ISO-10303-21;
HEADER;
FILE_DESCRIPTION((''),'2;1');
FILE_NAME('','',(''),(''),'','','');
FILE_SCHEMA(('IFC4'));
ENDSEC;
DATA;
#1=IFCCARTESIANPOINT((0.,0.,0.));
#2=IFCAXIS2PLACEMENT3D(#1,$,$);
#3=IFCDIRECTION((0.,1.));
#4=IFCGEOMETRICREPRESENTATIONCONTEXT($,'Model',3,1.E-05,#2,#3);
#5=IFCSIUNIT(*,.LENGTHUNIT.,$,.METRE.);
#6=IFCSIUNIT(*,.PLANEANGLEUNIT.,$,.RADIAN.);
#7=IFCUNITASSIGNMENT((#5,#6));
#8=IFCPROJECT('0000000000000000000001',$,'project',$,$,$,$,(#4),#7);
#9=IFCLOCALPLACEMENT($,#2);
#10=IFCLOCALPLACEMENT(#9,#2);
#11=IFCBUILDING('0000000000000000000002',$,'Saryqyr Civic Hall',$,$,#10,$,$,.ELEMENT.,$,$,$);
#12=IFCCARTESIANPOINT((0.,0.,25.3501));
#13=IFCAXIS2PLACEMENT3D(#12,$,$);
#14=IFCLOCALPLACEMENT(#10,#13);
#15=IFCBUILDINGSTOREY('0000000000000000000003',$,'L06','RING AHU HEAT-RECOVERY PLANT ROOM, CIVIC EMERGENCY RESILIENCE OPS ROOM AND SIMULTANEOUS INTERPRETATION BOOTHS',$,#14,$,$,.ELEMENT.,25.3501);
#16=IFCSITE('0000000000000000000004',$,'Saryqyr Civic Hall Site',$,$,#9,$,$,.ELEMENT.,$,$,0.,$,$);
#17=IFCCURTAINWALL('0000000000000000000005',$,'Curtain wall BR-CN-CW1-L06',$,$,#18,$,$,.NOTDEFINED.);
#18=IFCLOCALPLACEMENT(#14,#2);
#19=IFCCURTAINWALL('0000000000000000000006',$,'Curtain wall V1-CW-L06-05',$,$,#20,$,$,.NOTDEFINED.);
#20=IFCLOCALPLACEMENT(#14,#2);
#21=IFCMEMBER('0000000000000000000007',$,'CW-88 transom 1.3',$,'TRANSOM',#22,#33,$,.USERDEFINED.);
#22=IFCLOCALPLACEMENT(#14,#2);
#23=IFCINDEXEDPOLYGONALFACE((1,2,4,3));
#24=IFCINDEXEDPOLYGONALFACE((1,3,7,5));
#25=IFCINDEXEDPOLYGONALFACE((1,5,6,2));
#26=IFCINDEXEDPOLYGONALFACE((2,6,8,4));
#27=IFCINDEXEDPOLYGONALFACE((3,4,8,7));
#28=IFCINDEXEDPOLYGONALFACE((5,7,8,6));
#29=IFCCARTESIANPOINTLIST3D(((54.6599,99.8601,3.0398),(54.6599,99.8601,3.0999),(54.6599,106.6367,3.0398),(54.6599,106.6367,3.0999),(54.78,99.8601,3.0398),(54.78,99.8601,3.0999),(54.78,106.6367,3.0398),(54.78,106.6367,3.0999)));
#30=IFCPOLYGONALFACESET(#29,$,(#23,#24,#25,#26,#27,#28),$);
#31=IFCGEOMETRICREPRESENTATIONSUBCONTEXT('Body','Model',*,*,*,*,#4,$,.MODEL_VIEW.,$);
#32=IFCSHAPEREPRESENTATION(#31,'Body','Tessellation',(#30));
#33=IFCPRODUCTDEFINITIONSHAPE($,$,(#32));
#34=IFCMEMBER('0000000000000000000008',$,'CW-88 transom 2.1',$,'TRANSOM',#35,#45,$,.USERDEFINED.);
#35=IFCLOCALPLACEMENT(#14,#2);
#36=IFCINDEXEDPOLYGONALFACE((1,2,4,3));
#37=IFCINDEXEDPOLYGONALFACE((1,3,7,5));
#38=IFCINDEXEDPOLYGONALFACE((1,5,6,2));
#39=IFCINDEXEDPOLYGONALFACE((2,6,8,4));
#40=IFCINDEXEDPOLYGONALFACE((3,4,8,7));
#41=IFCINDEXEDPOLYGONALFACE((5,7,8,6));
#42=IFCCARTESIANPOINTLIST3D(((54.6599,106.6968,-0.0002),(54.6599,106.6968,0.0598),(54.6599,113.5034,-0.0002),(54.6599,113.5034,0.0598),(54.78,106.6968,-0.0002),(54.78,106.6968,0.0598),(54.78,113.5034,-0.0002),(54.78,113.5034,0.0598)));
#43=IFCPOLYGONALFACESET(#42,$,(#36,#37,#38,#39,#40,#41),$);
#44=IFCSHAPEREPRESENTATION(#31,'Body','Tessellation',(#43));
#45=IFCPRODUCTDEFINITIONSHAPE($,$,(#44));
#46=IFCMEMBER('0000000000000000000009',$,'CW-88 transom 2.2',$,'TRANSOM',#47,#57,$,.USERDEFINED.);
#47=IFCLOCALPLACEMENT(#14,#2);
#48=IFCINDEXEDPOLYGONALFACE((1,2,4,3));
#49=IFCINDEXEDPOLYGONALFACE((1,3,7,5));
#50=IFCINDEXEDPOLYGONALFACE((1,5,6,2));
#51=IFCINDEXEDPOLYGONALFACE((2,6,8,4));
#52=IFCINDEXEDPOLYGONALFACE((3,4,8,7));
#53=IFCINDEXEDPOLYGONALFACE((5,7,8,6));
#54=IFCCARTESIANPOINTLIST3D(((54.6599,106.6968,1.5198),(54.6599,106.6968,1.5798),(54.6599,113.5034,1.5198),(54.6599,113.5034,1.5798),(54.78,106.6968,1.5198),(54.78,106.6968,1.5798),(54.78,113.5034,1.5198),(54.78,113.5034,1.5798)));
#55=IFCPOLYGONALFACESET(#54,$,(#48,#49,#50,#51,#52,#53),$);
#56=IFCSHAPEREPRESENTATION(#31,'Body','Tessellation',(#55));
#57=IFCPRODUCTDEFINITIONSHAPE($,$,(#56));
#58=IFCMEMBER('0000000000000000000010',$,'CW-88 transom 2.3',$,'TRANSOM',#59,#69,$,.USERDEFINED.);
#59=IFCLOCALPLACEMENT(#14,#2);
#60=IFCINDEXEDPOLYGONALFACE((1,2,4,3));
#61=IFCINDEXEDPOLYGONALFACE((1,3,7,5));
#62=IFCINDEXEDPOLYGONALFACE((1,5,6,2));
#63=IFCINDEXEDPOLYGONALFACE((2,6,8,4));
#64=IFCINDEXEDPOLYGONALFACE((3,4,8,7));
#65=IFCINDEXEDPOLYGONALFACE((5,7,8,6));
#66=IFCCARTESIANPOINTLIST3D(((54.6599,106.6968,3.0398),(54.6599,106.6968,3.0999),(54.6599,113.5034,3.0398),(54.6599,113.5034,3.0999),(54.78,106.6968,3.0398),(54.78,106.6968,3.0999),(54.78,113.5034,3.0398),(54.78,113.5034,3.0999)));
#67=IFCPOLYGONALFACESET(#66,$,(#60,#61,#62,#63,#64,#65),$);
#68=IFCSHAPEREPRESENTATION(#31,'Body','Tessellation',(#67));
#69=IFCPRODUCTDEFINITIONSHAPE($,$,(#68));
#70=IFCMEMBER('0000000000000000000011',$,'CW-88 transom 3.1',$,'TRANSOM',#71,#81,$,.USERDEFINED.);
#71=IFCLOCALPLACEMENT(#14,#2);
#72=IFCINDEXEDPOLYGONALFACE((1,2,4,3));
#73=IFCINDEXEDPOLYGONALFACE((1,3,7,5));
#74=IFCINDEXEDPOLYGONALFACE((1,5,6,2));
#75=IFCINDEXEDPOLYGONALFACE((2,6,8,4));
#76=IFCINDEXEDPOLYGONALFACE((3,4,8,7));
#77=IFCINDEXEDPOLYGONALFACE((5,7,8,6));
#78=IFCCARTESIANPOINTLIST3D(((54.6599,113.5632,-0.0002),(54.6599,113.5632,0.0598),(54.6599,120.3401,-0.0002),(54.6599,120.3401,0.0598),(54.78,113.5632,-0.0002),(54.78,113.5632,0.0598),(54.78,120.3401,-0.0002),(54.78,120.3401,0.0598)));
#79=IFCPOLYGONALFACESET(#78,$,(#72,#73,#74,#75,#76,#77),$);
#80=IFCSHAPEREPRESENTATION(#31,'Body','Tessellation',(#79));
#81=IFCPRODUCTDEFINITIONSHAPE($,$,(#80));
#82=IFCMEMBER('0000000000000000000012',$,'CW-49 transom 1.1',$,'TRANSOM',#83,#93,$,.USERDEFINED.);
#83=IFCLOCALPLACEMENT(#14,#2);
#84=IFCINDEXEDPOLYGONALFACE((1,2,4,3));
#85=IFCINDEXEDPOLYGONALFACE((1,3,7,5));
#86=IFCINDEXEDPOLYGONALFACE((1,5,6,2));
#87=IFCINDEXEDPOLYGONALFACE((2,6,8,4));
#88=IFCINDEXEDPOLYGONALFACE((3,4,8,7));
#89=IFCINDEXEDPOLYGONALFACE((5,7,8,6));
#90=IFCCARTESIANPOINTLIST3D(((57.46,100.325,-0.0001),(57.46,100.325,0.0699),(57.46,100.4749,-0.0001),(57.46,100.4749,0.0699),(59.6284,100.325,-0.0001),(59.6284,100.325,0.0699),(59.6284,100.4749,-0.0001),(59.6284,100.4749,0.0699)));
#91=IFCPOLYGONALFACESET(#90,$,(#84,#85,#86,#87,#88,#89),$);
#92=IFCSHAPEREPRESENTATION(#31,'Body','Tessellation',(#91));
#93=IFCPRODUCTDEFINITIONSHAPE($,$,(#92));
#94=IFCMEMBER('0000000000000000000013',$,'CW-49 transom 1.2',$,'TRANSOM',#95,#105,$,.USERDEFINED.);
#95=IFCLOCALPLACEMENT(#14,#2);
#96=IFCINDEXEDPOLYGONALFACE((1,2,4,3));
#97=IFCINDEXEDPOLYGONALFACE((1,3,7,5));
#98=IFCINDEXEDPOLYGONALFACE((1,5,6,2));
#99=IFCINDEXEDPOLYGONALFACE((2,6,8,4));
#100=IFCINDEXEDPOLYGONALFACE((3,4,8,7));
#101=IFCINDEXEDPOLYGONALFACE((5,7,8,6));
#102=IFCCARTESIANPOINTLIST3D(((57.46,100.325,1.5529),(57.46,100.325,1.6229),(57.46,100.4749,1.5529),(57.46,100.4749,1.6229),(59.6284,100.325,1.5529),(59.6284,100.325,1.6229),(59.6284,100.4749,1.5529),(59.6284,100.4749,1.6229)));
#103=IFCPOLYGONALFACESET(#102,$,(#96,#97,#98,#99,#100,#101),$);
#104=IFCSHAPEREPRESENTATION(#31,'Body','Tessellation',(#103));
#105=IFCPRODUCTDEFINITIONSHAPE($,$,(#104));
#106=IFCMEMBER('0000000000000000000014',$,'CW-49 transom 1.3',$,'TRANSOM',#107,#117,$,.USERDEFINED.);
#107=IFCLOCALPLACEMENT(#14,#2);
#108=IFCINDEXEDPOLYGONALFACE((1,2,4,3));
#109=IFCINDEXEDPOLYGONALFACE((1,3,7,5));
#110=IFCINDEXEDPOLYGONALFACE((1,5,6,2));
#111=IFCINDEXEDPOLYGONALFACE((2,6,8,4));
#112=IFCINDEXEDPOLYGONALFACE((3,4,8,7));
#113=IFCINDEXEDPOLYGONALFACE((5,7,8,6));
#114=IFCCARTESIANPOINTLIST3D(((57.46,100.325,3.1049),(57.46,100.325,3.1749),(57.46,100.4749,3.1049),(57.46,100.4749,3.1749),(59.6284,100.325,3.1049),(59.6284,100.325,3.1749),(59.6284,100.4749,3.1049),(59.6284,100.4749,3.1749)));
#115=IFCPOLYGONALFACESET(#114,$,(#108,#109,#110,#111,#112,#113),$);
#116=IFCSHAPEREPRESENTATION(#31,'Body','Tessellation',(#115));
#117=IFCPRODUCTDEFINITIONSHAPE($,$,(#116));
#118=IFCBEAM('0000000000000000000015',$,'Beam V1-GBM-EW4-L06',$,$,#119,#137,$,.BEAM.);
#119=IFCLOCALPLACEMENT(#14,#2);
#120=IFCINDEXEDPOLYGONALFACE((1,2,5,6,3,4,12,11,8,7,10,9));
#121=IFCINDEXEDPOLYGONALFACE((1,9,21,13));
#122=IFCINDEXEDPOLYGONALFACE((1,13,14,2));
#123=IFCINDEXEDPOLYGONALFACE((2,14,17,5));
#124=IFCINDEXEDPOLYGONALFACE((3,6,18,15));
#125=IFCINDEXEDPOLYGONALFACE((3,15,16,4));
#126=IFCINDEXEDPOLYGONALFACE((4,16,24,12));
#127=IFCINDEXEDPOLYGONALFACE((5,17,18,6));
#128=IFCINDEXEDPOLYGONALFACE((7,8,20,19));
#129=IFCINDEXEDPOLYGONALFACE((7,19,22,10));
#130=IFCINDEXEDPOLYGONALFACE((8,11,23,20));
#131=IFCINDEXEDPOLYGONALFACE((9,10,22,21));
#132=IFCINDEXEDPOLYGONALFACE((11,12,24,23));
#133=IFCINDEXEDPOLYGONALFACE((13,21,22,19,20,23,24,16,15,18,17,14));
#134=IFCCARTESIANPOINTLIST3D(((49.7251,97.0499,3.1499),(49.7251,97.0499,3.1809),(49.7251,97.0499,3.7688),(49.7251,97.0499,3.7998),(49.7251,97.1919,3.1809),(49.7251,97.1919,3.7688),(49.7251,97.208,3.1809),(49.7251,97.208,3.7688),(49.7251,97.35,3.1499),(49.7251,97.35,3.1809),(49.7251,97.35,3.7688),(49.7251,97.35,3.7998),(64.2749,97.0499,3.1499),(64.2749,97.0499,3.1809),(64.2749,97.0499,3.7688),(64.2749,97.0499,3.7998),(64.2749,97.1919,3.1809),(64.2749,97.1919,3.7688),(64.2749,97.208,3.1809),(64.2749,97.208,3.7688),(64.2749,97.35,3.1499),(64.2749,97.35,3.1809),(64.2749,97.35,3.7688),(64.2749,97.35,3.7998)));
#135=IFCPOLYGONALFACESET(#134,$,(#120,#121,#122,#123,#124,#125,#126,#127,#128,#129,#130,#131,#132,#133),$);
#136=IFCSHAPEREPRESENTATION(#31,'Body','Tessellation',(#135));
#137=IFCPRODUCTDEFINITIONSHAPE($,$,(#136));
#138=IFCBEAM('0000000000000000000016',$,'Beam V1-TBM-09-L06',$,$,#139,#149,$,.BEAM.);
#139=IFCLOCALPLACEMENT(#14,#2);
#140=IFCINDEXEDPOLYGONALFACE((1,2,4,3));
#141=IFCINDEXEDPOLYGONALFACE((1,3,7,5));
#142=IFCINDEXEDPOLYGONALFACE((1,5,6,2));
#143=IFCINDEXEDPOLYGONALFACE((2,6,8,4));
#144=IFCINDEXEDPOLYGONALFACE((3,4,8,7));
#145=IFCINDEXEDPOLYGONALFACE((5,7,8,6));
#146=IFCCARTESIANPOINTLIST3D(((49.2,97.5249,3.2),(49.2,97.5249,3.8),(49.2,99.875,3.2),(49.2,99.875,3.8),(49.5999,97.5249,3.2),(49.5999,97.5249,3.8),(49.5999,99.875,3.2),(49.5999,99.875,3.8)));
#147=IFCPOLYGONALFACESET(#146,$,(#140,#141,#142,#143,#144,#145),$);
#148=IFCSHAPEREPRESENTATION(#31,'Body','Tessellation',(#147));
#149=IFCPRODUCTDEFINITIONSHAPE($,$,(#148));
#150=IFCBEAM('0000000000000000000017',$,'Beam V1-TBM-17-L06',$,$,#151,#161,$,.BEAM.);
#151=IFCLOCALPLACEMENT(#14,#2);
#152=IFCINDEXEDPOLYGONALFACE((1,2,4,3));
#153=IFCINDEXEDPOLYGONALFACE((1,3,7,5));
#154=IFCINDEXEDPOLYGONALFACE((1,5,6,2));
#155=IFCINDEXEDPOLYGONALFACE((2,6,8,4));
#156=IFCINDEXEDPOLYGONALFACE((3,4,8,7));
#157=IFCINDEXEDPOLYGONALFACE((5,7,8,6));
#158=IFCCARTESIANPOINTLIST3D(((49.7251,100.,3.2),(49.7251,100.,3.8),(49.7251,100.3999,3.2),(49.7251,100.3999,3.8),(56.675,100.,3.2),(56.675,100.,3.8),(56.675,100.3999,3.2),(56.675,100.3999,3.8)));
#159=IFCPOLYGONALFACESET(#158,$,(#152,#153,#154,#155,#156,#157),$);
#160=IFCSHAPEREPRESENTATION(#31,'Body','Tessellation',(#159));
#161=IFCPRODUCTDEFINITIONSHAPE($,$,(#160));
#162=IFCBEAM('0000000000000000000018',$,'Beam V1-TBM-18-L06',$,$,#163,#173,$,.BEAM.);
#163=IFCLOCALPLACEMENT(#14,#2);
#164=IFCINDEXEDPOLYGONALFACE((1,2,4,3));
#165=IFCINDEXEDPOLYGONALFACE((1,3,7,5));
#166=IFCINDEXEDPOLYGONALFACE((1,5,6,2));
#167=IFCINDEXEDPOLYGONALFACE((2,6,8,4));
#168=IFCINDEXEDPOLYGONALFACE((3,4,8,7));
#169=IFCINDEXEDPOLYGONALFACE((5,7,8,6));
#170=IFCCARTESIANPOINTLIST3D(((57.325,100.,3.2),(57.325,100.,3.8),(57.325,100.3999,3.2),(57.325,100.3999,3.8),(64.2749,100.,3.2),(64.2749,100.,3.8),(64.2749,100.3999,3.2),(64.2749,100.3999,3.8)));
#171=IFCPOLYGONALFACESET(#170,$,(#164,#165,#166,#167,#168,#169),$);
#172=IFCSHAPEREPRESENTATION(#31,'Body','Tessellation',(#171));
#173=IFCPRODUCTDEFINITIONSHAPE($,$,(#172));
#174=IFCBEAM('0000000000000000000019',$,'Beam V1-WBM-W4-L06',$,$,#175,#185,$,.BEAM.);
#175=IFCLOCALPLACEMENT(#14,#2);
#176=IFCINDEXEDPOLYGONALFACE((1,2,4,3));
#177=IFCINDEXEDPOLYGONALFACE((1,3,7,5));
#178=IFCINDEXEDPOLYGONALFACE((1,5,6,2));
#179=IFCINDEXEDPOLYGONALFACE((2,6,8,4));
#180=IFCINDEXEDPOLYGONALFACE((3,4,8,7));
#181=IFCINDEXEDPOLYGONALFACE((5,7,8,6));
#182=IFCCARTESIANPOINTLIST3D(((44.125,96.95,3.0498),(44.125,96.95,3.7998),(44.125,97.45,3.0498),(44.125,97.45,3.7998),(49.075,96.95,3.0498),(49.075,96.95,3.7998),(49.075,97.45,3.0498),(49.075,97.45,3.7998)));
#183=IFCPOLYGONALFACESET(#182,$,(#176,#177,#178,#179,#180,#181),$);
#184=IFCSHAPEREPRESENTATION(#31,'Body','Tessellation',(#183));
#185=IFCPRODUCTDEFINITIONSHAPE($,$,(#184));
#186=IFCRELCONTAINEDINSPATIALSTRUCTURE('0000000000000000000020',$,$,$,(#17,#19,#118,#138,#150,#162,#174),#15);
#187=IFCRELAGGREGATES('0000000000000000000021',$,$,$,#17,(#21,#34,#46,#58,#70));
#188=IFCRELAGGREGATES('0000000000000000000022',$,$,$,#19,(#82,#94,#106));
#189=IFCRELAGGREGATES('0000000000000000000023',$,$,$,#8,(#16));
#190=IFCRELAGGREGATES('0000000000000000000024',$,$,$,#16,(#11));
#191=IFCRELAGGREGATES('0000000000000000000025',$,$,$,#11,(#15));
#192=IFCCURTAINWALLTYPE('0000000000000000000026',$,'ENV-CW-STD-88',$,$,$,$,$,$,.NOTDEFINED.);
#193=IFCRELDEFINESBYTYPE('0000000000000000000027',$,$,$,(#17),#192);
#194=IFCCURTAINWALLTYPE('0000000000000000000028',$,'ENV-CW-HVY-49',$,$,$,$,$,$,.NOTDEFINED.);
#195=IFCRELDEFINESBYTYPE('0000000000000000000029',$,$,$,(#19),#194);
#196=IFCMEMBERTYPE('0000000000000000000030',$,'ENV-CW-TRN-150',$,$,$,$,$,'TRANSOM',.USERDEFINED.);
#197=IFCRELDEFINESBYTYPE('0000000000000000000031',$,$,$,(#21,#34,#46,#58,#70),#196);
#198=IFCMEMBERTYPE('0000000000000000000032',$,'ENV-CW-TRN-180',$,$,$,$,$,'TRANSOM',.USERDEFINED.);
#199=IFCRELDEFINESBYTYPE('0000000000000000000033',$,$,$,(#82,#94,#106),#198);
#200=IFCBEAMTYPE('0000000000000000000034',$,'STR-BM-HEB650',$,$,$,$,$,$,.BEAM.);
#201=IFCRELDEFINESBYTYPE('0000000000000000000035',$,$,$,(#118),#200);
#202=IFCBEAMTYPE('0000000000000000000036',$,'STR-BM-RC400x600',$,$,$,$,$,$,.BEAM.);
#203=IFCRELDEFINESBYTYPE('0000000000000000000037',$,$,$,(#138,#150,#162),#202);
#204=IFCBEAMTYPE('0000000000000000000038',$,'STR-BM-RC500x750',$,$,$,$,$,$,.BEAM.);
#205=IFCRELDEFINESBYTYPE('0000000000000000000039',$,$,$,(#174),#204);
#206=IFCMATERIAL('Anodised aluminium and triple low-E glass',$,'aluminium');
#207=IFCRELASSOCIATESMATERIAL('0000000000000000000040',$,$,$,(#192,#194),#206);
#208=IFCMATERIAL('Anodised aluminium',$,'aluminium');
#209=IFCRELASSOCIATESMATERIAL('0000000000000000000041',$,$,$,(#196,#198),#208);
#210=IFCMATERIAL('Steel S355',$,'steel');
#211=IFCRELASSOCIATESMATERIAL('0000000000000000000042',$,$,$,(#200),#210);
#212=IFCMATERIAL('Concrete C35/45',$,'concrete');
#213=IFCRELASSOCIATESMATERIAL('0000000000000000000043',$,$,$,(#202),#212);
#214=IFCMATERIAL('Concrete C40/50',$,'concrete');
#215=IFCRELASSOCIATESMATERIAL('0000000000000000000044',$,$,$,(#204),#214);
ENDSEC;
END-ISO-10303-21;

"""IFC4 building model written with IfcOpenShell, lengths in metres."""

from ifc_helpers import new_model, si_unit, direction, frame, origin, origin_2d, place, context, subcontext, project, spatial, rectangle, i_section, extrude, material, material_profile, profile_set, type_object, element, aggregate, save


model = new_model("IFC4")

# Units and contexts
model_context = context("Model", 3, precision=1e-05, world=origin(), true_north=direction((0.0, 1.0)))
body_context = subcontext(model_context, "Body", "Model", "MODEL_VIEW")
ifc_project = project(units=[si_unit("LENGTHUNIT", "METRE"), si_unit("PLANEANGLEUNIT", "RADIAN")], contexts=[model_context])

# Site, building, storey
site_placement = place(None, origin())
site = spatial("IfcSite", under=ifc_project, at=site_placement, Name="Saryqyr Civic Hall Site", CompositionType="ELEMENT", RefElevation=0.0)
building_placement = place(site_placement, origin())
building = spatial("IfcBuilding", under=site, at=building_placement, Name="Saryqyr Civic Hall", CompositionType="ELEMENT")
storey_placement = place(building_placement, frame((0.0, 0.0, 25.3501)))
storey = spatial("IfcBuildingStorey", under=building, at=storey_placement, Name="L06", Description="RING AHU HEAT-RECOVERY PLANT ROOM, CIVIC EMERGENCY RESILIENCE OPS ROOM AND SIMULTANEOUS INTERPRETATION BOOTHS", CompositionType="ELEMENT", Elevation=25.3501)

# Shared definitions
ifc_material_1 = material(Name="Steel S355", Category="steel")
ifc_material_2 = material(Name="Concrete C40/50", Category="concrete")

# Curtain wall
ifc_material_3 = material(Name="Anodised aluminium and triple low-E glass", Category="aluminium")
curtain_wall_type_1 = type_object("IfcCurtainWallType", Name="ENV-CW-STD-88", PredefinedType="NOTDEFINED", material=ifc_material_3)
curtain_wall_1_placement = place(storey_placement, origin())
curtain_wall_1 = element("IfcCurtainWall", 1, at=curtain_wall_1_placement, inside=storey, type_object=curtain_wall_type_1, Name="Curtain wall BR-CN-CW1-L06", PredefinedType="NOTDEFINED")
ifc_material_4 = material(Name="Anodised aluminium", Category="aluminium")

# Curtain wall
curtain_wall_type_2 = type_object("IfcCurtainWallType", Name="ENV-CW-HVY-49", PredefinedType="NOTDEFINED", material=ifc_material_3)
curtain_wall_2_placement = place(storey_placement, origin())
curtain_wall_2 = element("IfcCurtainWall", 2, at=curtain_wall_2_placement, inside=storey, type_object=curtain_wall_type_2, Name="Curtain wall V1-CW-L06-05", PredefinedType="NOTDEFINED")

# Members
ifc_material_profile_1 = material_profile(ifc_material_4, rectangle(XDim=0.1201, YDim=0.0601, at=origin_2d()), Name="ALU TRANSOM 120x60")
ifc_profile_set_1 = profile_set([ifc_material_profile_1], Name="Anodised aluminium")
member_type_1 = type_object("IfcMemberType", Name="ENV-CW-TRN-150", ElementType="TRANSOM", PredefinedType="USERDEFINED", material=ifc_profile_set_1)
member_1_placement = place(storey_placement, frame((54.72, 99.8601, 3.0698), z_axis=(0.0, 1.0, 0.0), x_axis=(-1.0, 0.0, 0.0)))
member_1 = element("IfcMember", 3, at=member_1_placement, type_object=member_type_1, Name="CW-88 transom 1.3", ObjectType="TRANSOM", PredefinedType="USERDEFINED", context=body_context, shape_type="SweptSolid", body=[
    extrude(rectangle(XDim=0.1201, YDim=0.0601, at=origin_2d()), origin(), (0.0, 0.0, 1.0), 6.7766),
])
member_2_placement = place(storey_placement, frame((54.72, 106.6968, 0.0298), z_axis=(0.0, 1.0, 0.0), x_axis=(-1.0, 0.0, 0.0)))
member_2 = element("IfcMember", 4, at=member_2_placement, type_object=member_type_1, Name="CW-88 transom 2.1", ObjectType="TRANSOM", PredefinedType="USERDEFINED", context=body_context, shape_type="SweptSolid", body=[
    extrude(rectangle(XDim=0.1201, YDim=0.0601, at=origin_2d()), origin(), (0.0, 0.0, 1.0), 6.8066),
])
member_3_placement = place(storey_placement, frame((54.72, 106.6968, 1.5498), z_axis=(0.0, 1.0, 0.0), x_axis=(-1.0, 0.0, 0.0)))
member_3 = element("IfcMember", 5, at=member_3_placement, type_object=member_type_1, Name="CW-88 transom 2.2", ObjectType="TRANSOM", PredefinedType="USERDEFINED", context=body_context, shape_type="SweptSolid", body=[
    extrude(rectangle(XDim=0.1201, YDim=0.0601, at=origin_2d()), origin(), (0.0, 0.0, 1.0), 6.8066),
])
member_4_placement = place(storey_placement, frame((54.72, 106.6968, 3.0698), z_axis=(0.0, 1.0, 0.0), x_axis=(-1.0, 0.0, 0.0)))
member_4 = element("IfcMember", 6, at=member_4_placement, type_object=member_type_1, Name="CW-88 transom 2.3", ObjectType="TRANSOM", PredefinedType="USERDEFINED", context=body_context, shape_type="SweptSolid", body=[
    extrude(rectangle(XDim=0.1201, YDim=0.0601, at=origin_2d()), origin(), (0.0, 0.0, 1.0), 6.8066),
])
member_5_placement = place(storey_placement, frame((54.72, 113.5632, 0.0298), z_axis=(0.0, 1.0, 0.0), x_axis=(-1.0, 0.0, 0.0)))
member_5 = element("IfcMember", 7, at=member_5_placement, type_object=member_type_1, Name="CW-88 transom 3.1", ObjectType="TRANSOM", PredefinedType="USERDEFINED", context=body_context, shape_type="SweptSolid", body=[
    extrude(rectangle(XDim=0.1201, YDim=0.0601, at=origin_2d()), origin(), (0.0, 0.0, 1.0), 6.7769),
])
ifc_material_profile_2 = material_profile(ifc_material_4, rectangle(XDim=0.1499, YDim=0.0701, at=origin_2d()), Name="ALU TRANSOM 150x70")
ifc_profile_set_2 = profile_set([ifc_material_profile_2], Name="Anodised aluminium")
member_type_2 = type_object("IfcMemberType", Name="ENV-CW-TRN-180", ElementType="TRANSOM", PredefinedType="USERDEFINED", material=ifc_profile_set_2)
member_6_placement = place(storey_placement, frame((57.46, 100.3999, 0.0349), z_axis=(1.0, 0.0, 0.0), x_axis=(0.0, 1.0, 0.0)))
member_6 = element("IfcMember", 8, at=member_6_placement, type_object=member_type_2, Name="CW-49 transom 1.1", ObjectType="TRANSOM", PredefinedType="USERDEFINED", context=body_context, shape_type="SweptSolid", body=[
    extrude(rectangle(XDim=0.1499, YDim=0.0701, at=origin_2d()), origin(), (0.0, 0.0, 1.0), 2.1685),
])
member_7_placement = place(storey_placement, frame((57.46, 100.3999, 1.5879), z_axis=(1.0, 0.0, 0.0), x_axis=(0.0, 1.0, 0.0)))
member_7 = element("IfcMember", 9, at=member_7_placement, type_object=member_type_2, Name="CW-49 transom 1.2", ObjectType="TRANSOM", PredefinedType="USERDEFINED", context=body_context, shape_type="SweptSolid", body=[
    extrude(rectangle(XDim=0.1499, YDim=0.0701, at=origin_2d()), origin(), (0.0, 0.0, 1.0), 2.1685),
])
member_8_placement = place(storey_placement, frame((57.46, 100.3999, 3.1399), z_axis=(1.0, 0.0, 0.0), x_axis=(0.0, 1.0, 0.0)))
member_8 = element("IfcMember", 10, at=member_8_placement, type_object=member_type_2, Name="CW-49 transom 1.3", ObjectType="TRANSOM", PredefinedType="USERDEFINED", context=body_context, shape_type="SweptSolid", body=[
    extrude(rectangle(XDim=0.1499, YDim=0.0701, at=origin_2d()), origin(), (0.0, 0.0, 1.0), 2.1685),
])

# Beams
ifc_material_profile_3 = material_profile(ifc_material_1, i_section(OverallWidth=0.3, OverallDepth=0.6499, WebThickness=0.0161, FlangeThickness=0.031, at=origin_2d()), Name="HEB 650")
ifc_profile_set_3 = profile_set([ifc_material_profile_3], Name="Steel S355")
beam_type_1 = type_object("IfcBeamType", Name="STR-BM-HEB650", PredefinedType="BEAM", material=ifc_profile_set_3)
beam_1_placement = place(storey_placement, frame((49.7251, 97.2, 3.4749), z_axis=(1.0, 0.0, 0.0), x_axis=(0.0, 1.0, 0.0)))
element("IfcBeam", 11, at=beam_1_placement, inside=storey, type_object=beam_type_1, Name="Beam V1-GBM-EW4-L06", PredefinedType="BEAM", context=body_context, shape_type="SweptSolid", body=[
    extrude(i_section(OverallWidth=0.3, OverallDepth=0.6499, WebThickness=0.0161, FlangeThickness=0.031, at=origin_2d()), origin(), (0.0, 0.0, 1.0), 14.5498),
])
ifc_material_5 = material(Name="Concrete C35/45", Category="concrete")
ifc_material_profile_4 = material_profile(ifc_material_5, rectangle(XDim=0.3999, YDim=0.6001, at=origin_2d()), Name="RC 400x600")
ifc_profile_set_4 = profile_set([ifc_material_profile_4], Name="Concrete C35/45")
beam_type_2 = type_object("IfcBeamType", Name="STR-BM-RC400x600", PredefinedType="BEAM", material=ifc_profile_set_4)
beam_2_placement = place(storey_placement, frame((49.3999, 97.5249, 3.5), z_axis=(0.0, 1.0, 0.0), x_axis=(-1.0, 0.0, 0.0)))
element("IfcBeam", 12, at=beam_2_placement, inside=storey, type_object=beam_type_2, Name="Beam V1-TBM-09-L06", PredefinedType="BEAM", context=body_context, shape_type="SweptSolid", body=[
    extrude(rectangle(XDim=0.3999, YDim=0.6001, at=origin_2d()), origin(), (0.0, 0.0, 1.0), 2.3501),
])
for number, where, z_axis, x_axis, name in (
    (13, (49.7251, 100.2, 3.5), (1.0, 0.0, 0.0), (0.0, 1.0, 0.0), "Beam V1-TBM-17-L06"),
    (14, (57.325, 100.2, 3.5), (1.0, 0.0, 0.0), (0.0, 1.0, 0.0), "Beam V1-TBM-18-L06"),
):
    element("IfcBeam", number, at=place(storey_placement, frame(where, z_axis=z_axis, x_axis=x_axis)), inside=storey, type_object=beam_type_2, Name=name, PredefinedType="BEAM", context=body_context, shape_type="SweptSolid", body=[
        extrude(rectangle(XDim=0.3999, YDim=0.6001, at=origin_2d()), origin(), (0.0, 0.0, 1.0), 6.95),
    ])
ifc_material_profile_5 = material_profile(ifc_material_2, rectangle(XDim=0.5, YDim=0.75, at=origin_2d()), Name="RC 500x750")
ifc_profile_set_5 = profile_set([ifc_material_profile_5], Name="Concrete C40/50")
beam_type_3 = type_object("IfcBeamType", Name="STR-BM-RC500x750", PredefinedType="BEAM", material=ifc_profile_set_5)
beam_3_placement = place(storey_placement, frame((44.125, 97.2, 3.4248), z_axis=(1.0, 0.0, 0.0), x_axis=(0.0, 1.0, 0.0)))
element("IfcBeam", 15, at=beam_3_placement, inside=storey, type_object=beam_type_3, Name="Beam V1-WBM-W4-L06", PredefinedType="BEAM", context=body_context, shape_type="SweptSolid", body=[
    extrude(rectangle(XDim=0.5, YDim=0.75, at=origin_2d()), origin(), (0.0, 0.0, 1.0), 4.95),
])

aggregate(curtain_wall_1, [member_1, member_2, member_3, member_4, member_5])
aggregate(curtain_wall_2, [member_6, member_7, member_8])

save(model, "model.ifc")
